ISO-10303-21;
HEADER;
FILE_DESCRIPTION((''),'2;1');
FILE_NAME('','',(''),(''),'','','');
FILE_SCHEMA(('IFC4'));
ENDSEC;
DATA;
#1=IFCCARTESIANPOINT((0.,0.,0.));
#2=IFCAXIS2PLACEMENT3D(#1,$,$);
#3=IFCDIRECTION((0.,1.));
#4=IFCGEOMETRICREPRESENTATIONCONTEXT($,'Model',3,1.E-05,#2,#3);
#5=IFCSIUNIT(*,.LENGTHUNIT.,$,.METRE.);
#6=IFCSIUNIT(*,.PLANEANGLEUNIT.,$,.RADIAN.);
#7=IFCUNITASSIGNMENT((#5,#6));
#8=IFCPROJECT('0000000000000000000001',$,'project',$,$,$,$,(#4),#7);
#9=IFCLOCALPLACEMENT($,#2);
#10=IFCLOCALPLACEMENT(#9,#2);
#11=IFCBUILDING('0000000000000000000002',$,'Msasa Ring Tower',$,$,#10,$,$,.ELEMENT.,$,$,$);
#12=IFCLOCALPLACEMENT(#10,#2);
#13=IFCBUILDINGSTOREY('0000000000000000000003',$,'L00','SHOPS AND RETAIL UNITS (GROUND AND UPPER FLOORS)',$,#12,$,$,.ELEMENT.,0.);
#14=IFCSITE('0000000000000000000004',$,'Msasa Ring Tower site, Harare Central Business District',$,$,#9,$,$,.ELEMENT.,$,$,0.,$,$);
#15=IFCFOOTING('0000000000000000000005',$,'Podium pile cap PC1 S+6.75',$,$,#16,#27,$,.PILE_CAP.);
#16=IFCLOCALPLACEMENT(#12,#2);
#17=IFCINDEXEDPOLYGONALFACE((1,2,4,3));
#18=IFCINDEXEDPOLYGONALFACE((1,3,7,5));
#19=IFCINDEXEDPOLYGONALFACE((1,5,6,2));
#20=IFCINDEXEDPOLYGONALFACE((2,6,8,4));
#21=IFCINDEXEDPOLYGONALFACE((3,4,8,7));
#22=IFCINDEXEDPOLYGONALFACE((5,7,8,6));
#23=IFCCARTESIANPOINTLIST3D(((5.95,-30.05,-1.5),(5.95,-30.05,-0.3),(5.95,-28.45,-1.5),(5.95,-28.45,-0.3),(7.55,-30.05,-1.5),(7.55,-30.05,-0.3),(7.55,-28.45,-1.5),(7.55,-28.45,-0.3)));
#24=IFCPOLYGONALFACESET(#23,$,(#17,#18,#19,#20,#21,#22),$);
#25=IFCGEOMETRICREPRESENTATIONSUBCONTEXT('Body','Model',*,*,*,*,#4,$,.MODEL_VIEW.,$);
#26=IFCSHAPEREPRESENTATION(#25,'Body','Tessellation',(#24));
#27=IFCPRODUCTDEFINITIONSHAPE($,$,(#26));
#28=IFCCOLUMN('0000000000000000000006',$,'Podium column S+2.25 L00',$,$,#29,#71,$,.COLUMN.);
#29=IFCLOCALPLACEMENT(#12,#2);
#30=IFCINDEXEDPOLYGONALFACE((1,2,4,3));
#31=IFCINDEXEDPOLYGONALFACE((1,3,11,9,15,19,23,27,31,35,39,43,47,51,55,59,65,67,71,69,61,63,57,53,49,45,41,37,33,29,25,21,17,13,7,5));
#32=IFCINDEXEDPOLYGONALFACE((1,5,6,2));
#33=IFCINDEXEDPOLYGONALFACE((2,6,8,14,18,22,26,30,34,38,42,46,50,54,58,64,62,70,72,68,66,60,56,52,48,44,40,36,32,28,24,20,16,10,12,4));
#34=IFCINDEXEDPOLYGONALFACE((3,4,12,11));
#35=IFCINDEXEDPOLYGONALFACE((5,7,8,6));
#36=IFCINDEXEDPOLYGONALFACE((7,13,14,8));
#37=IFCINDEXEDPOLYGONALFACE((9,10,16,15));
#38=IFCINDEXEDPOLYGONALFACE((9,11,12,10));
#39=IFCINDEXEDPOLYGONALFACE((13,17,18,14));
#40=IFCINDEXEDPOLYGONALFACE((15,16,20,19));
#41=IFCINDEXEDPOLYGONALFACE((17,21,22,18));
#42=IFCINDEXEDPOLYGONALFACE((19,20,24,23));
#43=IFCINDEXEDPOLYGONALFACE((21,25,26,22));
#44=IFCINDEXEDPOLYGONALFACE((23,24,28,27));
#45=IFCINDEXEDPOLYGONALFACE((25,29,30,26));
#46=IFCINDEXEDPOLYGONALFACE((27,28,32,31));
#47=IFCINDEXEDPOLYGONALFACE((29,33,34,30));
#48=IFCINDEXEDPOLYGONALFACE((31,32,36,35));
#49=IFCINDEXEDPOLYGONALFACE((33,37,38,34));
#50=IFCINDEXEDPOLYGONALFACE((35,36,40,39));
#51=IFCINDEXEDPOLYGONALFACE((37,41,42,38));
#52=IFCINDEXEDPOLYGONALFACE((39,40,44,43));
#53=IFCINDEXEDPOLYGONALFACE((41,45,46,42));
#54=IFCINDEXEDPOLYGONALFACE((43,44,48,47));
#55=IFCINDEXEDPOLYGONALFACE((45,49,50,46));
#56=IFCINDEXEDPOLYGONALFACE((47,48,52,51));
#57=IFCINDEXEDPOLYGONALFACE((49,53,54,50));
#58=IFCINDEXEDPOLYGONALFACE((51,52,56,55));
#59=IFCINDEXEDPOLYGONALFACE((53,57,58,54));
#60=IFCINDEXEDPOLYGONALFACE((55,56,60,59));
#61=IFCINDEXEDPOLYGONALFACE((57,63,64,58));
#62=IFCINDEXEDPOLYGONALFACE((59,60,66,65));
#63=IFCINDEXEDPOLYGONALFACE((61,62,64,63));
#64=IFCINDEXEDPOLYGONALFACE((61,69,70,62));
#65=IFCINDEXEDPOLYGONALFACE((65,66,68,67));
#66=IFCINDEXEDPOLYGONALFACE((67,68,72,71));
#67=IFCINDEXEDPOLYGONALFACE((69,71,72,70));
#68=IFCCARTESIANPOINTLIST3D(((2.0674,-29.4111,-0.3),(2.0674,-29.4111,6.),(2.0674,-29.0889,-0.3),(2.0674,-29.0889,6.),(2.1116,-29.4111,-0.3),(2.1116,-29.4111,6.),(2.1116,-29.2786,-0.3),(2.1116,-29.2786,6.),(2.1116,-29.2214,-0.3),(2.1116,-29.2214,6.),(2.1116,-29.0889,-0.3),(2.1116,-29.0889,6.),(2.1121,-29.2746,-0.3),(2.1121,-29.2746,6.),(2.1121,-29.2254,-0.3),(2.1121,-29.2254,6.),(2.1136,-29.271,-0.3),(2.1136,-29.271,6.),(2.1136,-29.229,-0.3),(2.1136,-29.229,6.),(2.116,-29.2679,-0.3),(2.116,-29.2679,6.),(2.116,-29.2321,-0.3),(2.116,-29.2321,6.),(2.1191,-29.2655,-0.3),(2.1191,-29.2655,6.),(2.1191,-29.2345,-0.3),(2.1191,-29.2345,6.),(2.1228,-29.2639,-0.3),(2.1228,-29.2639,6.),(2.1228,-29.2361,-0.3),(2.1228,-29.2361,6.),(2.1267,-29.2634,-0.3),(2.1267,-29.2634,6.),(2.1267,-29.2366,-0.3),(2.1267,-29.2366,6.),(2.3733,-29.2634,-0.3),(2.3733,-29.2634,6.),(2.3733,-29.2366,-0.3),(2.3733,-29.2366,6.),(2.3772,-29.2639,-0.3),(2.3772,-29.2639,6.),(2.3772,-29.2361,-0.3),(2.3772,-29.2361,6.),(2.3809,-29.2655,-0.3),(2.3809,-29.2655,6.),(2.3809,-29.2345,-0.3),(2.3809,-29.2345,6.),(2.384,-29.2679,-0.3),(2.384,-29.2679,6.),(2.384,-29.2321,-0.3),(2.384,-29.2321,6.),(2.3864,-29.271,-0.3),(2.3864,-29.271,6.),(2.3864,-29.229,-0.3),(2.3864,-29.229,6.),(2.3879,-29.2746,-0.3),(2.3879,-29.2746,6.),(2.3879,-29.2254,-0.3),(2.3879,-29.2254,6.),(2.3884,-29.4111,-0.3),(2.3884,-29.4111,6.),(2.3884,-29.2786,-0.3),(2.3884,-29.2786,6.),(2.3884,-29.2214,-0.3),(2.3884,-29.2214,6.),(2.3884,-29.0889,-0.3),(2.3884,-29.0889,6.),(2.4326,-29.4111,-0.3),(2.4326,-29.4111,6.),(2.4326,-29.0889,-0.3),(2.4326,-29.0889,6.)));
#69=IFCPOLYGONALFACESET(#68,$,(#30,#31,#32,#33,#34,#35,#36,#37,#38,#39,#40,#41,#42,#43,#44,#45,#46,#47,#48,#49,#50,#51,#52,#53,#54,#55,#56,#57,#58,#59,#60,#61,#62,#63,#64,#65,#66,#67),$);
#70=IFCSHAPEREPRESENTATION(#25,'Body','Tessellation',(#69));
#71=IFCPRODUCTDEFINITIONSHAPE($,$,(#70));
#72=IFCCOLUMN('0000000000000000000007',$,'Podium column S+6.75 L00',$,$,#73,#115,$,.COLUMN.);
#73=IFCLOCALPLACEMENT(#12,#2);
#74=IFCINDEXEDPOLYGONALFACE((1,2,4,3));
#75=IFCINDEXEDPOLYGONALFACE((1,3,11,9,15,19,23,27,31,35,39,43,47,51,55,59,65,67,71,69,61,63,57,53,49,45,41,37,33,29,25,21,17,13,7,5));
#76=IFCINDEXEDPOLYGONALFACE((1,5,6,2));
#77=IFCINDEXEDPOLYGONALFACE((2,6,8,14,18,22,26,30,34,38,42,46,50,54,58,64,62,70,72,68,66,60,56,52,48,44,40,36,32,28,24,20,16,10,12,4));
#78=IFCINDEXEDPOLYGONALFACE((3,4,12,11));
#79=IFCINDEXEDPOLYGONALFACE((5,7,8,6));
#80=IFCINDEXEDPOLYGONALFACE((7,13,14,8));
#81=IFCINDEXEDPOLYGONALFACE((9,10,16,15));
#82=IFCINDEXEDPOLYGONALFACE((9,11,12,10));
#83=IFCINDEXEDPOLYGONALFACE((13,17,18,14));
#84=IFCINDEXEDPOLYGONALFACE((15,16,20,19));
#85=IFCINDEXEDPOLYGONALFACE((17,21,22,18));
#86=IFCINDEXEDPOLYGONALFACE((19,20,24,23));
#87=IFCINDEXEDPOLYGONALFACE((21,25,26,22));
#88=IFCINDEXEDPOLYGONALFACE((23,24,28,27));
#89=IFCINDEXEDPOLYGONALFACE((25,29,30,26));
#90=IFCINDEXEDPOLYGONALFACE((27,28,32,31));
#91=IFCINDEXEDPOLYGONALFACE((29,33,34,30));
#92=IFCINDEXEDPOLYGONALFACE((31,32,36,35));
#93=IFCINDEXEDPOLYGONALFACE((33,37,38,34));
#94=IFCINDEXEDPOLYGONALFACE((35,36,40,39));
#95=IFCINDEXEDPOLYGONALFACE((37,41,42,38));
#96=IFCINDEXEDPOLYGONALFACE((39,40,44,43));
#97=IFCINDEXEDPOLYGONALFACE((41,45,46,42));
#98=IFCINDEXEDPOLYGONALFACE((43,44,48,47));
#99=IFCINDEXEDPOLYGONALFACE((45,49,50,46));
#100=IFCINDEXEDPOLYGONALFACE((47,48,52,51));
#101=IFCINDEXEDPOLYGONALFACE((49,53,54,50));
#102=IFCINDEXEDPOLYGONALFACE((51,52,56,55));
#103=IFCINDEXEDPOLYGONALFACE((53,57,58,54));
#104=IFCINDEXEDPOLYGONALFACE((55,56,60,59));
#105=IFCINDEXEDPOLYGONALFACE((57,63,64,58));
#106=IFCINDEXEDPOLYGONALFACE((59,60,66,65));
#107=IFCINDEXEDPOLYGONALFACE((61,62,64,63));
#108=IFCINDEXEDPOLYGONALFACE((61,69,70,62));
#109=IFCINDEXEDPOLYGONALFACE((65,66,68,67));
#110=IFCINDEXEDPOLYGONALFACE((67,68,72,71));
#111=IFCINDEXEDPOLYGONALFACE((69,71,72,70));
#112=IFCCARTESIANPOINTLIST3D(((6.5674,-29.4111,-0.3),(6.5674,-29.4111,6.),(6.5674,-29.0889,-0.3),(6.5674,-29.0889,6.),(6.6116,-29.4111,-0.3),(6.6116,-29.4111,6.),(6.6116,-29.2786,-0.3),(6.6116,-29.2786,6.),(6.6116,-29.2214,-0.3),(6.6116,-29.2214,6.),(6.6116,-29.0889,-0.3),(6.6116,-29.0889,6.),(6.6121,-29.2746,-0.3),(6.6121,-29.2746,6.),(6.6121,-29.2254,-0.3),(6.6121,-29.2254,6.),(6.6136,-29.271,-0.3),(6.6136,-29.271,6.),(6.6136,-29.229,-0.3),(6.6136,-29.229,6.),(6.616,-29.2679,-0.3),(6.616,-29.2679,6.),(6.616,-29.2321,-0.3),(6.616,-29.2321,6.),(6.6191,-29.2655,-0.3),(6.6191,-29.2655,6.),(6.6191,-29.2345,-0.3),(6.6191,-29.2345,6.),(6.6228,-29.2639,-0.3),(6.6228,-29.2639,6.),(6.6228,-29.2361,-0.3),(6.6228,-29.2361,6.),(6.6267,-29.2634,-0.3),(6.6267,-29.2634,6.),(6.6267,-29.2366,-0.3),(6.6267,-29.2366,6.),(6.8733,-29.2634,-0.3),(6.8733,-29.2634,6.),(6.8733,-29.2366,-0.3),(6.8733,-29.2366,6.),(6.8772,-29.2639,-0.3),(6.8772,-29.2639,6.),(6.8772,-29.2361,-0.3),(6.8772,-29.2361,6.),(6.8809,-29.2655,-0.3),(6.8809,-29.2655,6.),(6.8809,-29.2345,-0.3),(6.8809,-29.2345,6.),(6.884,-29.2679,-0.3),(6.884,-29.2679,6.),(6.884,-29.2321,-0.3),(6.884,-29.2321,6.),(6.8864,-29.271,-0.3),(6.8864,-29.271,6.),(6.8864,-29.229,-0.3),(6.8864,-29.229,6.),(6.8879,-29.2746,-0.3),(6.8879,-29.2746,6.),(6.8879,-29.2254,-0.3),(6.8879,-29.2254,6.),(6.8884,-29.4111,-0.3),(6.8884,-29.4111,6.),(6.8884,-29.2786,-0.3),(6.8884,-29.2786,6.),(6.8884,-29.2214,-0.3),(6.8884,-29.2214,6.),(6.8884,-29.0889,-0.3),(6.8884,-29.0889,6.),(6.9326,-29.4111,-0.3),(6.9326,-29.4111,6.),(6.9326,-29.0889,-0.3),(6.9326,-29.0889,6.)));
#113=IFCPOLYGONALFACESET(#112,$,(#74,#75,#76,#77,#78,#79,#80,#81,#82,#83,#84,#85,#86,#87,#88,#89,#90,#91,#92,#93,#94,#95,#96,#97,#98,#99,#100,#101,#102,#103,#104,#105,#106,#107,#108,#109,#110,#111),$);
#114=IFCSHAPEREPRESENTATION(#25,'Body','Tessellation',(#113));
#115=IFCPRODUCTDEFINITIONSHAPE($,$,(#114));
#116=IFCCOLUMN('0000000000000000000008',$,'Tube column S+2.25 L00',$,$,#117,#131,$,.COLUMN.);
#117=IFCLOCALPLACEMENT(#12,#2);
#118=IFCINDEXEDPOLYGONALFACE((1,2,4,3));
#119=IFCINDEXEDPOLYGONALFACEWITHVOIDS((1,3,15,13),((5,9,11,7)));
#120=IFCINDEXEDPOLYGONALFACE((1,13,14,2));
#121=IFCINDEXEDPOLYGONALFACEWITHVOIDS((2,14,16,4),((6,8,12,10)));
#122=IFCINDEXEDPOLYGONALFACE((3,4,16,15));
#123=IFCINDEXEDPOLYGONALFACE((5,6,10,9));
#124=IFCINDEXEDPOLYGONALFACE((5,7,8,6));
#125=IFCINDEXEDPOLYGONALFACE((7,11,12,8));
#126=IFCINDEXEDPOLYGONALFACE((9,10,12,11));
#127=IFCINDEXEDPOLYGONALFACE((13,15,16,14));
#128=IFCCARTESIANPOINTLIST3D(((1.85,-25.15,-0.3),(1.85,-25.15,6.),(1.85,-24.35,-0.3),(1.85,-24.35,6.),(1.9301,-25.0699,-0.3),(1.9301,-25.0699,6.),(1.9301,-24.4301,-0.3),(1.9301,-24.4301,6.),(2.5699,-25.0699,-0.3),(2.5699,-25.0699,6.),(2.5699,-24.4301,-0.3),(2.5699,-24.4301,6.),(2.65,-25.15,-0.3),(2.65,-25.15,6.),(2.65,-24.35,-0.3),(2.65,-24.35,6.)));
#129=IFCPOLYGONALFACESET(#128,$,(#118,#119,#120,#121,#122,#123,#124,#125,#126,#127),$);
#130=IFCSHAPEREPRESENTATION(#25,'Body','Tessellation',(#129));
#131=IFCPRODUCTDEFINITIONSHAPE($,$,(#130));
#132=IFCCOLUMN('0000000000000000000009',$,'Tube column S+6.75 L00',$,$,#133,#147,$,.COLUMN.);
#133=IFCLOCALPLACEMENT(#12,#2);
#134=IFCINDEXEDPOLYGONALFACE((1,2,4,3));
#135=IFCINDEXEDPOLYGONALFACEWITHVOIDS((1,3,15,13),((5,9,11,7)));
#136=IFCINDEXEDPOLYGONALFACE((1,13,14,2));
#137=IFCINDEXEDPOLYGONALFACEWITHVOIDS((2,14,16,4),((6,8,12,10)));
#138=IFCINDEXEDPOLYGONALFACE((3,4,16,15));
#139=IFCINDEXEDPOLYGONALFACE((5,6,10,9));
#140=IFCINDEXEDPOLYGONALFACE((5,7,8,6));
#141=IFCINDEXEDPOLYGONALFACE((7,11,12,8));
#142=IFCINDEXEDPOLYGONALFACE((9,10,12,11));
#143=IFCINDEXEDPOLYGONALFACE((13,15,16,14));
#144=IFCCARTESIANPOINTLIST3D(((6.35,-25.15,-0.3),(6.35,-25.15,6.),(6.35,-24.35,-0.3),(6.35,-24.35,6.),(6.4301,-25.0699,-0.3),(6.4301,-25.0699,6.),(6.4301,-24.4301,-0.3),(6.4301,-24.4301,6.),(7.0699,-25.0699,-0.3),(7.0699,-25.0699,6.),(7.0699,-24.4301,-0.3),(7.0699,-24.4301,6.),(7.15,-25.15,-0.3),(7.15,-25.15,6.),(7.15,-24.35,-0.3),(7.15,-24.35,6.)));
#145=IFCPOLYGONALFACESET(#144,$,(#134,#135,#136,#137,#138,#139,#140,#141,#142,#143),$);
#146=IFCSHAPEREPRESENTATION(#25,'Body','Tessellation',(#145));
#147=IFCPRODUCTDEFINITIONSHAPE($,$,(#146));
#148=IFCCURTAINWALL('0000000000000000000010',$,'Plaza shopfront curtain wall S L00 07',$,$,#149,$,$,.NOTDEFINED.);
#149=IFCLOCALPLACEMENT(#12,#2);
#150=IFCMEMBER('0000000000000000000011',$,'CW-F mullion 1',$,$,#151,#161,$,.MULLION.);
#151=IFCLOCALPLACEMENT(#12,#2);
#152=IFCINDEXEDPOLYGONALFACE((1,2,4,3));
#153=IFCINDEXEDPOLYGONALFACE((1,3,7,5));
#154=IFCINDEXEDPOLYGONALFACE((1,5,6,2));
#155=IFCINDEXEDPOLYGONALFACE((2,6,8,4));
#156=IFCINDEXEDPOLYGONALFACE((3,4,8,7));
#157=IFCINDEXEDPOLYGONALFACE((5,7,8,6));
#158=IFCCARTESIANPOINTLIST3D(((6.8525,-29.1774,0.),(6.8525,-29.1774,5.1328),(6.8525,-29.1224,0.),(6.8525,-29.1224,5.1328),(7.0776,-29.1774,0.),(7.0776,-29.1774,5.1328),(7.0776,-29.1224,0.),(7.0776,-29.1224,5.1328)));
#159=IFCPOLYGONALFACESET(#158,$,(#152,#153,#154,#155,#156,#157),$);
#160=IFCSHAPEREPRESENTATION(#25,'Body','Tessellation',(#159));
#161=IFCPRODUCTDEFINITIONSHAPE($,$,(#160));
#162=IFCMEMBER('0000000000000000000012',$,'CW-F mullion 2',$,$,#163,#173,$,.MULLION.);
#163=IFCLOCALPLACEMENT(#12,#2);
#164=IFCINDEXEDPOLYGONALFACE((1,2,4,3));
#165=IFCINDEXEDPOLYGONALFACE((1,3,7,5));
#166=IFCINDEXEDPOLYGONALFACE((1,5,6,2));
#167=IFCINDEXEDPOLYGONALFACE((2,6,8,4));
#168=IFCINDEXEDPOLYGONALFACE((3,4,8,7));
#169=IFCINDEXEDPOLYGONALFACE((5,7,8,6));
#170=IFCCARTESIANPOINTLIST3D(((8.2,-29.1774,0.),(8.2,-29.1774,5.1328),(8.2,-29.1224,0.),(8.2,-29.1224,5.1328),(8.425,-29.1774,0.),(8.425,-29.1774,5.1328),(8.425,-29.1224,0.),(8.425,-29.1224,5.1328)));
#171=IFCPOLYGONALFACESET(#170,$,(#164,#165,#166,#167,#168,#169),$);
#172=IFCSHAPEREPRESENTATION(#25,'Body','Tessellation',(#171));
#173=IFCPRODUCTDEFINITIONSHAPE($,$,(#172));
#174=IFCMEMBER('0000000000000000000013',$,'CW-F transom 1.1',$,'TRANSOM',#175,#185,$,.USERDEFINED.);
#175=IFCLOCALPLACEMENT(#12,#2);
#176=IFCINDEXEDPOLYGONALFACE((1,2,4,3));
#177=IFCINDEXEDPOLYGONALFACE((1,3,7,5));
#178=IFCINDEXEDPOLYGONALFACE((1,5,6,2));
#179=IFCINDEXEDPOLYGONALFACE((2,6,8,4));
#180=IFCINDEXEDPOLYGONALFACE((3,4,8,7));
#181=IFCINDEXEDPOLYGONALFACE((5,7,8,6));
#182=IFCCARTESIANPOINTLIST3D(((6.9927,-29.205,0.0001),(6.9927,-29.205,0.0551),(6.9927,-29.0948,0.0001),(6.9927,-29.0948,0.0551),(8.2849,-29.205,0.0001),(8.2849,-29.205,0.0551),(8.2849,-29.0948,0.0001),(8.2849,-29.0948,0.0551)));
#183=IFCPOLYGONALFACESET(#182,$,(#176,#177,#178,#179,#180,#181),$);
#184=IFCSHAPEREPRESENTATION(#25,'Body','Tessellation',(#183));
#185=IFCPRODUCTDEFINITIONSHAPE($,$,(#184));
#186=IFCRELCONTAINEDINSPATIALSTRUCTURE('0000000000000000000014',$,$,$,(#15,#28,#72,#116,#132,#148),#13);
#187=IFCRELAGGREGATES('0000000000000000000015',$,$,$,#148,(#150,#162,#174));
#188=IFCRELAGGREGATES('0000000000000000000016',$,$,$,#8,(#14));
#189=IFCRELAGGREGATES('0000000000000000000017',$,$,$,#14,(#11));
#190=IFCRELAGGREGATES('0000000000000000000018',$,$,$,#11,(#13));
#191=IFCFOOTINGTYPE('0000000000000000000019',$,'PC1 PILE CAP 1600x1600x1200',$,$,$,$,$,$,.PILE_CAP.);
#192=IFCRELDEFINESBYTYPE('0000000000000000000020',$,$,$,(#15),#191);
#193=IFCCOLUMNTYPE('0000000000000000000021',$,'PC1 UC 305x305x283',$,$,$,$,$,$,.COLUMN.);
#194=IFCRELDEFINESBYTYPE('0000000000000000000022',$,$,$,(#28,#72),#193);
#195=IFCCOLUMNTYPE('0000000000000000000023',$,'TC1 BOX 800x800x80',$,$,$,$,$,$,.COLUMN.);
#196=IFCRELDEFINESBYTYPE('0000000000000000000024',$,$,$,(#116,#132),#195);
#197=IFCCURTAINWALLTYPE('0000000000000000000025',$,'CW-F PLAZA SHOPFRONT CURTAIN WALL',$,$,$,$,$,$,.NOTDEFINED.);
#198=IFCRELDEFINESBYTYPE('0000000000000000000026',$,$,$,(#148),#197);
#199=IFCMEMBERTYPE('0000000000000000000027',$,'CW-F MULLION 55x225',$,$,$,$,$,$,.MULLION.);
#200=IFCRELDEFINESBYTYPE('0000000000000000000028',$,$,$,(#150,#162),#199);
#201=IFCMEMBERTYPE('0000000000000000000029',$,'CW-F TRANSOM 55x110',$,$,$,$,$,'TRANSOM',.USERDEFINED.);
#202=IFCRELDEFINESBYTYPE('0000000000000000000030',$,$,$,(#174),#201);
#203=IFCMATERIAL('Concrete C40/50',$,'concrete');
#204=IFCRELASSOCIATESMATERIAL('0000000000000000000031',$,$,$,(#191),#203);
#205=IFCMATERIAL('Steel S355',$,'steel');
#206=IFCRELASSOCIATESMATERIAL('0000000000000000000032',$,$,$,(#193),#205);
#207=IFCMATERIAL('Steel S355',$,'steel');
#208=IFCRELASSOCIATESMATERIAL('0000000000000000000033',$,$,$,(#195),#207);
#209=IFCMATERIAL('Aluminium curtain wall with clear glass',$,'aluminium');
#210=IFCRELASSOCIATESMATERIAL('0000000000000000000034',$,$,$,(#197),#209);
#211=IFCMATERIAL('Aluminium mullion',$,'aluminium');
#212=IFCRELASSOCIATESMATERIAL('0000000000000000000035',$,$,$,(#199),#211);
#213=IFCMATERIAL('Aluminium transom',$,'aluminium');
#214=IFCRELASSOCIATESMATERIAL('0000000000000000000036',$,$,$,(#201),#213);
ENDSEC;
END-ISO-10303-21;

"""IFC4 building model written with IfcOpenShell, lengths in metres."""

from ifc_helpers import new_model, si_unit, direction, frame, origin, origin_2d, place, context, subcontext, project, spatial, rectangle, hollow_rectangle, i_section, extrude, material, material_profile, profile_set, type_object, element, aggregate, save


model = new_model("IFC4")

# Units and contexts
model_context = context("Model", 3, precision=1e-05, world=origin(), true_north=direction((0.0, 1.0)))
body_context = subcontext(model_context, "Body", "Model", "MODEL_VIEW")
ifc_project = project(units=[si_unit("LENGTHUNIT", "METRE"), si_unit("PLANEANGLEUNIT", "RADIAN")], contexts=[model_context])

# Site, building, storey
site_placement = place(None, origin())
site = spatial("IfcSite", under=ifc_project, at=site_placement, Name="Msasa Ring Tower site, Harare Central Business District", CompositionType="ELEMENT", RefElevation=0.0)
building_placement = place(site_placement, origin())
building = spatial("IfcBuilding", under=site, at=building_placement, Name="Msasa Ring Tower", CompositionType="ELEMENT")
storey_placement = place(building_placement, origin())
storey = spatial("IfcBuildingStorey", under=building, at=storey_placement, Name="L00", Description="SHOPS AND RETAIL UNITS (GROUND AND UPPER FLOORS)", CompositionType="ELEMENT", Elevation=0.0)

# Footing
ifc_material_1 = material(Name="Concrete C40/50", Category="concrete")
footing_type = type_object("IfcFootingType", Name="PC1 PILE CAP 1600x1600x1200", PredefinedType="PILE_CAP", material=ifc_material_1)
for number, where, z_axis, x_axis, name in (
    (1, (6.75, -29.25, -1.5), (0.0, 0.0, 1.0), (1.0, 0.0, 0.0), "Podium pile cap PC1 S+6.75"),
):
    element("IfcFooting", number, at=place(storey_placement, frame(where, z_axis=z_axis, x_axis=x_axis)), inside=storey, type_object=footing_type, Name=name, PredefinedType="PILE_CAP", context=body_context, shape_type="SweptSolid", body=[
        extrude(rectangle(XDim=1.6001, YDim=1.6001, at=origin_2d()), origin(), (0.0, 0.0, 1.0), 1.2),
    ])

# Columns
ifc_material_2 = material(Name="Steel S355", Category="steel")
ifc_material_profile_1 = material_profile(ifc_material_2, i_section(OverallWidth=0.3223, OverallDepth=0.3652, WebThickness=0.0269, FlangeThickness=0.0442, FilletRadius=0.0151, at=origin_2d()), Name="UC 305x305x283")
ifc_profile_set_1 = profile_set([ifc_material_profile_1], Name="Steel S355")
column_type_1 = type_object("IfcColumnType", Name="PC1 UC 305x305x283", PredefinedType="COLUMN", material=ifc_profile_set_1)
for number, where, z_axis, x_axis, name in (
    (2, (2.25, -29.25, -0.3), (0.0, 0.0, 1.0), (0.0, 1.0, 0.0), "Podium column S+2.25 L00"),
    (3, (6.75, -29.25, -0.3), (0.0, 0.0, 1.0), (0.0, 1.0, 0.0), "Podium column S+6.75 L00"),
):
    element("IfcColumn", number, at=place(storey_placement, frame(where, z_axis=z_axis, x_axis=x_axis)), inside=storey, type_object=column_type_1, Name=name, PredefinedType="COLUMN", context=body_context, shape_type="SweptSolid", body=[
        extrude(i_section(OverallWidth=0.3223, OverallDepth=0.3652, WebThickness=0.0269, FlangeThickness=0.0442, FilletRadius=0.0151, at=origin_2d()), origin(), (0.0, 0.0, 1.0), 6.3),
    ])
ifc_material_3 = material(Name="Steel S355", Category="steel")
ifc_material_profile_2 = material_profile(ifc_material_3, hollow_rectangle(XDim=0.8, YDim=0.8, WallThickness=0.0801, at=origin_2d()), Name="BOX 800x800x80")
ifc_profile_set_2 = profile_set([ifc_material_profile_2], Name="Steel S355")
column_type_2 = type_object("IfcColumnType", Name="TC1 BOX 800x800x80", PredefinedType="COLUMN", material=ifc_profile_set_2)
for number, where, z_axis, x_axis, name in (
    (4, (2.25, -24.75, -0.3), (0.0, 0.0, 1.0), (0.0, 1.0, 0.0), "Tube column S+2.25 L00"),
    (5, (6.75, -24.75, -0.3), (0.0, 0.0, 1.0), (0.0, 1.0, 0.0), "Tube column S+6.75 L00"),
):
    element("IfcColumn", number, at=place(storey_placement, frame(where, z_axis=z_axis, x_axis=x_axis)), inside=storey, type_object=column_type_2, Name=name, PredefinedType="COLUMN", context=body_context, shape_type="SweptSolid", body=[
        extrude(hollow_rectangle(XDim=0.8, YDim=0.8, WallThickness=0.0801, at=origin_2d()), origin(), (0.0, 0.0, 1.0), 6.3),
    ])

# Curtain wall, members
ifc_material_4 = material(Name="Aluminium curtain wall with clear glass", Category="aluminium")
curtain_wall_type = type_object("IfcCurtainWallType", Name="CW-F PLAZA SHOPFRONT CURTAIN WALL", PredefinedType="NOTDEFINED", material=ifc_material_4)
curtain_wall_placement = place(storey_placement, origin())
curtain_wall = element("IfcCurtainWall", 6, at=curtain_wall_placement, inside=storey, type_object=curtain_wall_type, Name="Plaza shopfront curtain wall S L00 07", PredefinedType="NOTDEFINED")
ifc_material_5 = material(Name="Aluminium mullion", Category="aluminium")
ifc_material_profile_3 = material_profile(ifc_material_5, rectangle(XDim=0.0549, YDim=0.2251, at=origin_2d()), Name="AL 55x225")
ifc_profile_set_3 = profile_set([ifc_material_profile_3], Name="Aluminium mullion")
member_type_1 = type_object("IfcMemberType", Name="CW-F MULLION 55x225", PredefinedType="MULLION", material=ifc_profile_set_3)
member_1_placement = place(storey_placement, frame((6.9651, -29.1499, 0.0), z_axis=(0.0, 0.0, 1.0), x_axis=(0.0, 1.0, 0.0)))
member_1 = element("IfcMember", 7, at=member_1_placement, type_object=member_type_1, Name="CW-F mullion 1", PredefinedType="MULLION", context=body_context, shape_type="SweptSolid", body=[
    extrude(rectangle(XDim=0.0549, YDim=0.2251, at=origin_2d()), origin(), (0.0, 0.0, 1.0), 5.1328),
])
member_2_placement = place(storey_placement, frame((8.3125, -29.1499, 0.0), z_axis=(0.0, 0.0, 1.0), x_axis=(0.0, 1.0, 0.0)))
member_2 = element("IfcMember", 8, at=member_2_placement, type_object=member_type_1, Name="CW-F mullion 2", PredefinedType="MULLION", context=body_context, shape_type="SweptSolid", body=[
    extrude(rectangle(XDim=0.0549, YDim=0.2251, at=origin_2d()), origin(), (0.0, 0.0, 1.0), 5.1328),
])
ifc_material_6 = material(Name="Aluminium transom", Category="aluminium")
ifc_material_profile_4 = material_profile(ifc_material_6, rectangle(XDim=0.1101, YDim=0.0549, at=origin_2d()), Name="AL 55x110")
ifc_profile_set_4 = profile_set([ifc_material_profile_4], Name="Aluminium transom")
member_type_2 = type_object("IfcMemberType", Name="CW-F TRANSOM 55x110", ElementType="TRANSOM", PredefinedType="USERDEFINED", material=ifc_profile_set_4)
member_3_placement = place(storey_placement, frame((6.9927, -29.1499, 0.0276), z_axis=(1.0, 0.0, 0.0), x_axis=(0.0, 1.0, 0.0)))
member_3 = element("IfcMember", 9, at=member_3_placement, type_object=member_type_2, Name="CW-F transom 1.1", ObjectType="TRANSOM", PredefinedType="USERDEFINED", context=body_context, shape_type="SweptSolid", body=[
    extrude(rectangle(XDim=0.1101, YDim=0.0549, at=origin_2d()), origin(), (0.0, 0.0, 1.0), 1.2922),
])

aggregate(curtain_wall, [member_1, member_2, member_3])

save(model, "model.ifc")
